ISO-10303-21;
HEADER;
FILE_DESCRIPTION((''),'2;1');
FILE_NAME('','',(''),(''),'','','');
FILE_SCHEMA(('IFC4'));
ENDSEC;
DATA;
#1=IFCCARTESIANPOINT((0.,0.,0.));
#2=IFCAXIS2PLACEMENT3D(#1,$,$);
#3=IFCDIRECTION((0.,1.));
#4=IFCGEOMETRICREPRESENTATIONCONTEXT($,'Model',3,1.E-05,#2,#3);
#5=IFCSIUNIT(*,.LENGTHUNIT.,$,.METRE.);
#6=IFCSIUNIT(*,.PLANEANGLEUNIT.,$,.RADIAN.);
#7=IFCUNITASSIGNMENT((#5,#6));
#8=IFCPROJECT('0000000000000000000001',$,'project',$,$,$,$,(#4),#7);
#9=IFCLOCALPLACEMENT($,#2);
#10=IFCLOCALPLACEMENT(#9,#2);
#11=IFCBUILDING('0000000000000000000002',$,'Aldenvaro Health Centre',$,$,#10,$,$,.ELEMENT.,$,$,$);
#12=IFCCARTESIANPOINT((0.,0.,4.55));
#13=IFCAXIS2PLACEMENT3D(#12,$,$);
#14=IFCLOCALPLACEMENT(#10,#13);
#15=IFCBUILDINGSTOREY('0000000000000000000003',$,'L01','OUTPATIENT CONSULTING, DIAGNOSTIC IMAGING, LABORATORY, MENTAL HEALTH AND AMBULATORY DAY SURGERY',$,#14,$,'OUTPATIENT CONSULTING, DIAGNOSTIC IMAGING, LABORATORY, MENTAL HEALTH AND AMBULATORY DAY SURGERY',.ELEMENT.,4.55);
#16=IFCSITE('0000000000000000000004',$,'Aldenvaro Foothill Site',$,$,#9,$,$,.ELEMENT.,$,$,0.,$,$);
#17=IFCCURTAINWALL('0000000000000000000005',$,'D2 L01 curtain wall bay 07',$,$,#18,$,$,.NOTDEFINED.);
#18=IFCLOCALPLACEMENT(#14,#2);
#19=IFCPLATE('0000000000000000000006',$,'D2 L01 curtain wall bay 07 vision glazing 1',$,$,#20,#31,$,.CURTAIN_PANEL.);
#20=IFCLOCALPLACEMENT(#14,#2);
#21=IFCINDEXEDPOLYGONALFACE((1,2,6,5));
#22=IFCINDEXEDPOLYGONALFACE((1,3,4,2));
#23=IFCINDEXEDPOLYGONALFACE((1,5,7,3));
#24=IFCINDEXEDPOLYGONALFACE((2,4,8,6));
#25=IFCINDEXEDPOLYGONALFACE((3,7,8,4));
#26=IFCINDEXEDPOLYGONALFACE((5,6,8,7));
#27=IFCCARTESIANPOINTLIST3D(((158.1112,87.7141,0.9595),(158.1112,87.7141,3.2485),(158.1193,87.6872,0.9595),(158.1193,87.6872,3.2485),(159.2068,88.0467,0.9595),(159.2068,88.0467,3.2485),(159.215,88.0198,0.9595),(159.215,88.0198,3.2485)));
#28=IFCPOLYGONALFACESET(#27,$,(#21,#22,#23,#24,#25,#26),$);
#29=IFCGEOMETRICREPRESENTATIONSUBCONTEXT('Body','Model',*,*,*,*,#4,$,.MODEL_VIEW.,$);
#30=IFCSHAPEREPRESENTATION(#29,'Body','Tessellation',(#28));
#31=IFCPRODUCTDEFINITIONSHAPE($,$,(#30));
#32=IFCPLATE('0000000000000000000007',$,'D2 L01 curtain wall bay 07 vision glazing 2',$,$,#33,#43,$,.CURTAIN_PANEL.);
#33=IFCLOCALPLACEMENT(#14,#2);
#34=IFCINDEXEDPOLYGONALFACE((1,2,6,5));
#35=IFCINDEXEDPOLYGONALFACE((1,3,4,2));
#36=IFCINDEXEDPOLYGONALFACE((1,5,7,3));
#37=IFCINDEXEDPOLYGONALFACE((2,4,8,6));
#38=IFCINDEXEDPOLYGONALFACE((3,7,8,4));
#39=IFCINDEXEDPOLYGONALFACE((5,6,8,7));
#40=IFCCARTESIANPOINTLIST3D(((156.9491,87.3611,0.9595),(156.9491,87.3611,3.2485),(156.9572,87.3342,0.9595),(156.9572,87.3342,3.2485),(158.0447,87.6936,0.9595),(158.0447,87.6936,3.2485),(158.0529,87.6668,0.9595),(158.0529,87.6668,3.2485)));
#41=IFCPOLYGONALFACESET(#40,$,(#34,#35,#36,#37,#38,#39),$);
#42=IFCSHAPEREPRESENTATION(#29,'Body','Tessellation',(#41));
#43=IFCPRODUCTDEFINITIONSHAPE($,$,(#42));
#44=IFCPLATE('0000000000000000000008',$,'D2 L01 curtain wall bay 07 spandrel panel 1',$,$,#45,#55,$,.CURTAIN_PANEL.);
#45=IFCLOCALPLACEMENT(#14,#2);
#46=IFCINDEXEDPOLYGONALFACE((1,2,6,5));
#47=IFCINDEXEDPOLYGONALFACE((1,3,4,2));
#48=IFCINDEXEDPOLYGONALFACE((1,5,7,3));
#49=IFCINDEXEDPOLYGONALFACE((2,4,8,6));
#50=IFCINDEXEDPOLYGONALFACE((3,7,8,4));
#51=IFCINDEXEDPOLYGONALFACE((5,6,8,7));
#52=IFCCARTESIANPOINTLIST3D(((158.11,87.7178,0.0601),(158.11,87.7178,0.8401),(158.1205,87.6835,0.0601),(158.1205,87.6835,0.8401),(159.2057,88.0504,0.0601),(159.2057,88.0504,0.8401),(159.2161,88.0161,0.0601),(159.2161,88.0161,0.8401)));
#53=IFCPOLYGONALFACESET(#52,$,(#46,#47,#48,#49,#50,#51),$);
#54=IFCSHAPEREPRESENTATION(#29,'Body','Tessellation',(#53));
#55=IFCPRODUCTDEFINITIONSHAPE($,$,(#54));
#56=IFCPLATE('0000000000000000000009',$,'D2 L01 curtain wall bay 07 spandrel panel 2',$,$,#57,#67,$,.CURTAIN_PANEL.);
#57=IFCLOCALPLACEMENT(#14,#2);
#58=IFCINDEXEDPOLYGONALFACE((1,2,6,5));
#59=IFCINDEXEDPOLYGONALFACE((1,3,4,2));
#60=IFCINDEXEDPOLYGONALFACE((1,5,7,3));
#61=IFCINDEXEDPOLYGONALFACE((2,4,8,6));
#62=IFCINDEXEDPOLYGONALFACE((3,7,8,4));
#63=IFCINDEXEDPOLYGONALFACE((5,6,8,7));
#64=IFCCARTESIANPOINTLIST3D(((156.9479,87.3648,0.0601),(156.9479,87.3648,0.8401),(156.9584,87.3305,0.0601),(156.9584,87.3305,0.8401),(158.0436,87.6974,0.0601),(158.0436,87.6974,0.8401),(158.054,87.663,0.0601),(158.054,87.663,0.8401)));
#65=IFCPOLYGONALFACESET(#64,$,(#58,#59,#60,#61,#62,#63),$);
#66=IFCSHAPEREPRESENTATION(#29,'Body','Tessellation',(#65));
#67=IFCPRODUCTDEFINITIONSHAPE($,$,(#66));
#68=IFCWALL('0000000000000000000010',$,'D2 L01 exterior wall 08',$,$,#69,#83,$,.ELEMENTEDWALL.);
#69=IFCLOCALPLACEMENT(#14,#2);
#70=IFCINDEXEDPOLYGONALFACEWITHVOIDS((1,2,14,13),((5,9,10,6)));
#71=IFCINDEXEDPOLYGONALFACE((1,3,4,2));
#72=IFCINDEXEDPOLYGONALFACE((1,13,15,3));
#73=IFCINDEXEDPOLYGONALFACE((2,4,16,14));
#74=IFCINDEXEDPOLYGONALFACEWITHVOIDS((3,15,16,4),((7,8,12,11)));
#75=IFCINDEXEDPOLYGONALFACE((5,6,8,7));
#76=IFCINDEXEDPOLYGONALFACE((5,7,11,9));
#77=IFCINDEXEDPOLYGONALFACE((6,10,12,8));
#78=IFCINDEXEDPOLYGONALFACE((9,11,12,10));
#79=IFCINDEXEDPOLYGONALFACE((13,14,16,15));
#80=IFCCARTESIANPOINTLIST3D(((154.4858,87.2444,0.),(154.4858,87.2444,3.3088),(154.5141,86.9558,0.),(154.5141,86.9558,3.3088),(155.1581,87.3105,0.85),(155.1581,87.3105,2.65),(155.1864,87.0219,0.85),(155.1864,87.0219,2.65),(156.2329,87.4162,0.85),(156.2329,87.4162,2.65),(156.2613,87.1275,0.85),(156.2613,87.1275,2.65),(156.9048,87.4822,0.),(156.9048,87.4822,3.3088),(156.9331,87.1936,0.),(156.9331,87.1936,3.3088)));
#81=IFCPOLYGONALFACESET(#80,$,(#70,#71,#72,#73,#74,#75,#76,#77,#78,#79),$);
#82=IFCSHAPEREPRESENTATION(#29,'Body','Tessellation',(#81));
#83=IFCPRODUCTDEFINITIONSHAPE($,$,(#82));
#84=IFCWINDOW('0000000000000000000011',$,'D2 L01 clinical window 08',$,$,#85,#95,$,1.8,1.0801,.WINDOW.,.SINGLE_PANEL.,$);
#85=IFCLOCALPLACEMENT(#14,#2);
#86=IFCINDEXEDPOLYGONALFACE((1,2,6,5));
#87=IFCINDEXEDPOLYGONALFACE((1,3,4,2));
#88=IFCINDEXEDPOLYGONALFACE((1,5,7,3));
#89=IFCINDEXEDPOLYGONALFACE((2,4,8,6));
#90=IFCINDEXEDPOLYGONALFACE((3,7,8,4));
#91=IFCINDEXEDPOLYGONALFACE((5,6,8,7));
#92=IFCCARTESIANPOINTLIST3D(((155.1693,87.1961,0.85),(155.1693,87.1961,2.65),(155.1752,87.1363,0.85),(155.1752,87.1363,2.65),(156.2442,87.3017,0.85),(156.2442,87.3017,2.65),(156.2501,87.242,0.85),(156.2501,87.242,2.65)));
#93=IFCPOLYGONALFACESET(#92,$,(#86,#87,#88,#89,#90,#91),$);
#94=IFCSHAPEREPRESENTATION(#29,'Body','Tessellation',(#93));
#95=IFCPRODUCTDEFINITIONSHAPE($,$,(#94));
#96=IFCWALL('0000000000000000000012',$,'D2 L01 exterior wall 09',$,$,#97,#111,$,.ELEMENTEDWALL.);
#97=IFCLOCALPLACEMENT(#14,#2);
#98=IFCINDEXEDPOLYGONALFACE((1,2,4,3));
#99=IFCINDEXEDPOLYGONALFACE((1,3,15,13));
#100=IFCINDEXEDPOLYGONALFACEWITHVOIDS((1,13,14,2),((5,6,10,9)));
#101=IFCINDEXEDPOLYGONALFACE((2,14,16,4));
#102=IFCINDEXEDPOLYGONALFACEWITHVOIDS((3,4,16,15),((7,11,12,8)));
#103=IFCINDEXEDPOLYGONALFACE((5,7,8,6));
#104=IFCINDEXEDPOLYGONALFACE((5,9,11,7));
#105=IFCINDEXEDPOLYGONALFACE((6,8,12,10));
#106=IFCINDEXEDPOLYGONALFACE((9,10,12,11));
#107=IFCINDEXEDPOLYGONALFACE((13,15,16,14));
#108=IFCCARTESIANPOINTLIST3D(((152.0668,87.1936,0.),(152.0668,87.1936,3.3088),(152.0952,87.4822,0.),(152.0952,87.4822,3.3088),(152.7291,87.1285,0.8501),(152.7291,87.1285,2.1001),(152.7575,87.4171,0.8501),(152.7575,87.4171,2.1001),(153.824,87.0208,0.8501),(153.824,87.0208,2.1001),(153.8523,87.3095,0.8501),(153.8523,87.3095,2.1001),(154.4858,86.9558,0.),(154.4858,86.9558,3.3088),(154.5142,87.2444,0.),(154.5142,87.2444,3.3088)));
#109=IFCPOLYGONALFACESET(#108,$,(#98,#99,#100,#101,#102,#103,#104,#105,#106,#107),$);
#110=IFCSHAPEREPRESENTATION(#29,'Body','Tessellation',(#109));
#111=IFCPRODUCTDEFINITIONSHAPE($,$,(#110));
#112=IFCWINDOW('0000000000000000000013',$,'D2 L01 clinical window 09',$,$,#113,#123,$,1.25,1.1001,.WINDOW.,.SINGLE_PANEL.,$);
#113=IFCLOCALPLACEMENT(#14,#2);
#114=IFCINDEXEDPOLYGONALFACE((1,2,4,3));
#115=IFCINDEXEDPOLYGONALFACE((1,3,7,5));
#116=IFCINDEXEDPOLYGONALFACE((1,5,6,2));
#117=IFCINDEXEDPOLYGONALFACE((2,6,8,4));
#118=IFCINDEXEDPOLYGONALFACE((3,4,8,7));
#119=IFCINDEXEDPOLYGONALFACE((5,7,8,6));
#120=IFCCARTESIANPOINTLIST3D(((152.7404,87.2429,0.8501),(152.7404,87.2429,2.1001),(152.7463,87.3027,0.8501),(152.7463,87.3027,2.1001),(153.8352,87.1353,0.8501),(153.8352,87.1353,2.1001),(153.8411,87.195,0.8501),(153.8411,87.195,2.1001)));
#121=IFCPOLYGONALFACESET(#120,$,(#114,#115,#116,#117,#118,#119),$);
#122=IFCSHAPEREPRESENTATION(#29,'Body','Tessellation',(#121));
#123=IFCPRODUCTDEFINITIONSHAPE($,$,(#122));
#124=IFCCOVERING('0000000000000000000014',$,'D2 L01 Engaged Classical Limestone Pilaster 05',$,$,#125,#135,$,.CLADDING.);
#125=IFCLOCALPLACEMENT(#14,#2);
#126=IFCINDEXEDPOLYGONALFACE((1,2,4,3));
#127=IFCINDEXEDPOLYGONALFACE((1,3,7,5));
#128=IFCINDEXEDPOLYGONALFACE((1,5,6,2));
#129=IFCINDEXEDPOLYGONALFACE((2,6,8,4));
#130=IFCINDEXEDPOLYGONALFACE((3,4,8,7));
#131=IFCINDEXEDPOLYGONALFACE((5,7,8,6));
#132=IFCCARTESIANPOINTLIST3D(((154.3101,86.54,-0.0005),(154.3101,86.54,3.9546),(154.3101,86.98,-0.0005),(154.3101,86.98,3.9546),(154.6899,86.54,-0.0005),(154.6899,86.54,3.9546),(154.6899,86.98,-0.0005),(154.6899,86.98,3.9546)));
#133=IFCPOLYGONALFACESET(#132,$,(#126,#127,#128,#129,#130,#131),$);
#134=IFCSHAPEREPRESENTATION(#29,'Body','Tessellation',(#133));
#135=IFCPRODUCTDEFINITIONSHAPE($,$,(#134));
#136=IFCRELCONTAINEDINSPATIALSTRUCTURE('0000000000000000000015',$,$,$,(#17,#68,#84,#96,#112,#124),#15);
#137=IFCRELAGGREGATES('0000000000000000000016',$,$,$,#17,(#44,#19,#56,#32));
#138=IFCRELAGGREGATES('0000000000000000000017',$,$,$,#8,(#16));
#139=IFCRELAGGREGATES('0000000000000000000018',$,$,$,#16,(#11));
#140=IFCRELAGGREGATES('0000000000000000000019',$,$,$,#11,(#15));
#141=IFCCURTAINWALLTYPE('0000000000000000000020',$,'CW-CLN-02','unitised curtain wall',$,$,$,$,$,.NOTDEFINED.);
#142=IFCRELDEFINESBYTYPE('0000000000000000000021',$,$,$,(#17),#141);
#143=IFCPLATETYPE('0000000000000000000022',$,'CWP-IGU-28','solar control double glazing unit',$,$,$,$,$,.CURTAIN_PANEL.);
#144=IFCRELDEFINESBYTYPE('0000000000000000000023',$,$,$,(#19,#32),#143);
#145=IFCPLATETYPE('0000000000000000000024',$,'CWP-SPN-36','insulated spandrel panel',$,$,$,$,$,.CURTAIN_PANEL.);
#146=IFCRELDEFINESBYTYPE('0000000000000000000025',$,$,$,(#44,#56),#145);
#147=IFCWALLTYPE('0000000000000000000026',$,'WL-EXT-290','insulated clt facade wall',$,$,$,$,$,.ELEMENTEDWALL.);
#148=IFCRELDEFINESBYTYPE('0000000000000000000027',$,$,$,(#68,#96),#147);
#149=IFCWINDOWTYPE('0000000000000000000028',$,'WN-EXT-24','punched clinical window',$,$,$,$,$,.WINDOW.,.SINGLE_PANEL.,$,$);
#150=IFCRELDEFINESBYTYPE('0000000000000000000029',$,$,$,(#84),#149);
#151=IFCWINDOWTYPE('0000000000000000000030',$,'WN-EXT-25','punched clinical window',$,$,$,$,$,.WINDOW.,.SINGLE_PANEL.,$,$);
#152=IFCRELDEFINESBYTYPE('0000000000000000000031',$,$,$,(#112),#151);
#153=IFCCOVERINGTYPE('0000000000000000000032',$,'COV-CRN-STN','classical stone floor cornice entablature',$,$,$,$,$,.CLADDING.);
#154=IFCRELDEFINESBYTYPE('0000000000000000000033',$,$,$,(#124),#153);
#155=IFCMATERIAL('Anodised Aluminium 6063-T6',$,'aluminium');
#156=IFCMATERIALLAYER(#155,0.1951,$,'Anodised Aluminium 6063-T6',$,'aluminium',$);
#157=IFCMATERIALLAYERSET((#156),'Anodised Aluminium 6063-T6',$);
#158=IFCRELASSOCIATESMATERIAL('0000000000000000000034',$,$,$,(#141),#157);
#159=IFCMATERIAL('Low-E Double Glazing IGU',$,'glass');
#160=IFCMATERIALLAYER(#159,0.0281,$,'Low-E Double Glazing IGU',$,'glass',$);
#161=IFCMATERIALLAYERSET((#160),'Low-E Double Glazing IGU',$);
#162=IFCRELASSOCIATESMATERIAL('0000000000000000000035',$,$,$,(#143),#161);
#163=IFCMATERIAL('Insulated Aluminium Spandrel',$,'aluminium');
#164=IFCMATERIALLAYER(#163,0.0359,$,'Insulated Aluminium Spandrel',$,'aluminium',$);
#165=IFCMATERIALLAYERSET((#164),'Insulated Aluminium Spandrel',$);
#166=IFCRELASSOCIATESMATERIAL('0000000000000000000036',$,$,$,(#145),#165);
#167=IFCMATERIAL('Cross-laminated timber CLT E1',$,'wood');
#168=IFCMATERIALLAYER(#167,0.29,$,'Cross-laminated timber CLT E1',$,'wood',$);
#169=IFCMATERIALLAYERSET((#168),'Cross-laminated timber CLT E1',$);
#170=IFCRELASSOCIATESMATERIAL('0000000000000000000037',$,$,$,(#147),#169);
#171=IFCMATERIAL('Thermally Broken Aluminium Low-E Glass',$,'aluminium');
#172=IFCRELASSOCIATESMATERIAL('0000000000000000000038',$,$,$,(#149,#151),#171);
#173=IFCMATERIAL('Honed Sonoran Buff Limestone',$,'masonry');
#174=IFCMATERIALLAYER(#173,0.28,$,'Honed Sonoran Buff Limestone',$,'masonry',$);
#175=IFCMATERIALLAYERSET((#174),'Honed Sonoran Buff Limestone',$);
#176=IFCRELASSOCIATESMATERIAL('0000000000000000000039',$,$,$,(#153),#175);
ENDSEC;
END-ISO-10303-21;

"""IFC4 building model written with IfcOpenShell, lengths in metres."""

from ifc_helpers import new_model, si_unit, direction, frame, frame_2d, origin, origin_2d, place, context, subcontext, project, spatial, rectangle, extrude, material, layer, layer_set, type_object, element, fill, aggregate, save


model = new_model("IFC4")

# Units and contexts
model_context = context("Model", 3, precision=1e-05, world=origin(), true_north=direction((0.0, 1.0)))
body_context = subcontext(model_context, "Body", "Model", "MODEL_VIEW")
ifc_project = project(units=[si_unit("LENGTHUNIT", "METRE"), si_unit("PLANEANGLEUNIT", "RADIAN")], contexts=[model_context])

# Site, building, storey
site_placement = place(None, origin())
site = spatial("IfcSite", under=ifc_project, at=site_placement, Name="Aldenvaro Foothill Site", CompositionType="ELEMENT", RefElevation=0.0)
building_placement = place(site_placement, origin())
building = spatial("IfcBuilding", under=site, at=building_placement, Name="Aldenvaro Health Centre", CompositionType="ELEMENT")
storey_placement = place(building_placement, frame((0.0, 0.0, 4.55)))
storey = spatial("IfcBuildingStorey", under=building, at=storey_placement, Name="L01", Description="OUTPATIENT CONSULTING, DIAGNOSTIC IMAGING, LABORATORY, MENTAL HEALTH AND AMBULATORY DAY SURGERY", LongName="OUTPATIENT CONSULTING, DIAGNOSTIC IMAGING, LABORATORY, MENTAL HEALTH AND AMBULATORY DAY SURGERY", CompositionType="ELEMENT", Elevation=4.55)

# Curtain wall
ifc_material_1 = material(Name="Anodised Aluminium 6063-T6", Category="aluminium")
ifc_layer_1 = layer(ifc_material_1, 0.1951, Name="Anodised Aluminium 6063-T6", Category="aluminium")
ifc_layer_set_1 = layer_set([ifc_layer_1], Name="Anodised Aluminium 6063-T6")
curtain_wall_type = type_object("IfcCurtainWallType", Name="CW-CLN-02", Description="unitised curtain wall", PredefinedType="NOTDEFINED", material=ifc_layer_set_1)
curtain_wall_placement = place(storey_placement, origin())
curtain_wall = element("IfcCurtainWall", 1, at=curtain_wall_placement, inside=storey, type_object=curtain_wall_type, Name="D2 L01 curtain wall bay 07", PredefinedType="NOTDEFINED")

# Plates
ifc_material_2 = material(Name="Low-E Double Glazing IGU", Category="glass")
ifc_layer_2 = layer(ifc_material_2, 0.0281, Name="Low-E Double Glazing IGU", Category="glass")
ifc_layer_set_2 = layer_set([ifc_layer_2], Name="Low-E Double Glazing IGU")
plate_type_1 = type_object("IfcPlateType", Name="CWP-IGU-28", Description="solar control double glazing unit", PredefinedType="CURTAIN_PANEL", material=ifc_layer_set_2)
plate_1_placement = place(storey_placement, frame((158.6631, 87.8669, 0.9595), z_axis=(0.0, 0.0, 1.0), x_axis=(-0.956893, -0.290441, 0.0)))
plate_1 = element("IfcPlate", 2, at=plate_1_placement, type_object=plate_type_1, Name="D2 L01 curtain wall bay 07 vision glazing 1", PredefinedType="CURTAIN_PANEL", context=body_context, shape_type="SweptSolid", body=[
    extrude(rectangle(XDim=1.145, YDim=0.0281, at=origin_2d()), origin(), (0.0, 0.0, 1.0), 2.2891),
])
plate_2_placement = place(storey_placement, frame((157.501, 87.5139, 0.9595), z_axis=(0.0, 0.0, 1.0), x_axis=(-0.956893, -0.290441, 0.0)))
plate_2 = element("IfcPlate", 3, at=plate_2_placement, type_object=plate_type_1, Name="D2 L01 curtain wall bay 07 vision glazing 2", PredefinedType="CURTAIN_PANEL", context=body_context, shape_type="SweptSolid", body=[
    extrude(rectangle(XDim=1.145, YDim=0.0281, at=origin_2d()), origin(), (0.0, 0.0, 1.0), 2.2891),
])
ifc_material_3 = material(Name="Insulated Aluminium Spandrel", Category="aluminium")
ifc_layer_3 = layer(ifc_material_3, 0.0359, Name="Insulated Aluminium Spandrel", Category="aluminium")
ifc_layer_set_3 = layer_set([ifc_layer_3], Name="Insulated Aluminium Spandrel")
plate_type_2 = type_object("IfcPlateType", Name="CWP-SPN-36", Description="insulated spandrel panel", PredefinedType="CURTAIN_PANEL", material=ifc_layer_set_3)
plate_3_placement = place(storey_placement, frame((158.6631, 87.8669, 0.0601), z_axis=(0.0, 0.0, 1.0), x_axis=(-0.956893, -0.290441, 0.0)))
plate_3 = element("IfcPlate", 4, at=plate_3_placement, type_object=plate_type_2, Name="D2 L01 curtain wall bay 07 spandrel panel 1", PredefinedType="CURTAIN_PANEL", context=body_context, shape_type="SweptSolid", body=[
    extrude(rectangle(XDim=1.145, YDim=0.0359, at=origin_2d()), origin(), (0.0, 0.0, 1.0), 0.78),
])
plate_4_placement = place(storey_placement, frame((157.501, 87.5139, 0.0601), z_axis=(0.0, 0.0, 1.0), x_axis=(-0.956893, -0.290441, 0.0)))
plate_4 = element("IfcPlate", 5, at=plate_4_placement, type_object=plate_type_2, Name="D2 L01 curtain wall bay 07 spandrel panel 2", PredefinedType="CURTAIN_PANEL", context=body_context, shape_type="SweptSolid", body=[
    extrude(rectangle(XDim=1.145, YDim=0.0359, at=origin_2d()), origin(), (0.0, 0.0, 1.0), 0.78),
])
aggregate(curtain_wall, [plate_3, plate_1, plate_4, plate_2])

# Walls, openings, windows
ifc_material_4 = material(Name="Cross-laminated timber CLT E1", Category="wood")
ifc_layer_4 = layer(ifc_material_4, 0.29, Name="Cross-laminated timber CLT E1", Category="wood")
ifc_layer_set_4 = layer_set([ifc_layer_4], Name="Cross-laminated timber CLT E1")
wall_type = type_object("IfcWallType", Name="WL-EXT-290", Description="insulated clt facade wall", PredefinedType="ELEMENTEDWALL", material=ifc_layer_set_4)
wall_1_placement = place(storey_placement, frame((156.9189, 87.3379, 0.0), z_axis=(0.0, 0.0, 1.0), x_axis=(-0.995203, -0.097833, 0.0)))
wall_1 = element("IfcWall", 6, at=wall_1_placement, inside=storey, type_object=wall_type, Name="D2 L01 exterior wall 08", PredefinedType="ELEMENTEDWALL", context=body_context, shape_type="SweptSolid", body=[
    extrude(rectangle(XDim=2.4307, YDim=0.29, at=frame_2d((1.2153, 0.0))), origin(), (0.0, 0.0, 1.0), 3.3088),
])
opening_1_placement = place(wall_1_placement, frame((0.675, 0.0, 0.8501)))
opening_1 = element("IfcOpeningElement", 7, at=opening_1_placement, cuts=wall_1, PredefinedType="OPENING", context=body_context, shape_type="SweptSolid", body=[
    extrude(rectangle(XDim=1.0801, YDim=1.8, at=frame_2d((0.54, 0.8999))), frame((0.0, 0.155, 0.0), z_axis=(0.0, -1.0, 0.0), x_axis=(1.0, 0.0, 0.0)), (0.0, 0.0, 1.0), 0.3101),
])
ifc_material_5 = material(Name="Thermally Broken Aluminium Low-E Glass", Category="aluminium")
window_type_1 = type_object("IfcWindowType", Name="WN-EXT-24", Description="punched clinical window", PartitioningType="SINGLE_PANEL", PredefinedType="WINDOW", material=ifc_material_5)
window_1_placement = place(opening_1_placement, origin())
window_1 = element("IfcWindow", 8, at=window_1_placement, inside=storey, type_object=window_type_1, Name="D2 L01 clinical window 08", OverallHeight=1.8, OverallWidth=1.0801, PartitioningType="SINGLE_PANEL", PredefinedType="WINDOW", context=body_context, shape_type="SweptSolid", body=[
    extrude(rectangle(XDim=1.0801, YDim=1.8, at=frame_2d((0.54, 0.8999))), frame((0.0, 0.03, 0.0), z_axis=(0.0, -1.0, 0.0), x_axis=(1.0, 0.0, 0.0)), (0.0, 0.0, 1.0), 0.0601),
])
fill(opening_1, window_1)
wall_2_placement = place(storey_placement, frame((154.5, 87.1001, 0.0), z_axis=(0.0, 0.0, 1.0), x_axis=(-0.995203, 0.097833, 0.0)))
wall_2 = element("IfcWall", 9, at=wall_2_placement, inside=storey, type_object=wall_type, Name="D2 L01 exterior wall 09", PredefinedType="ELEMENTEDWALL", context=body_context, shape_type="SweptSolid", body=[
    extrude(rectangle(XDim=2.4307, YDim=0.29, at=frame_2d((1.2153, 0.0))), origin(), (0.0, 0.0, 1.0), 3.3088),
])
opening_2_placement = place(wall_2_placement, frame((0.665, 0.0, 0.8501)))
opening_2 = element("IfcOpeningElement", 10, at=opening_2_placement, cuts=wall_2, PredefinedType="OPENING", context=body_context, shape_type="SweptSolid", body=[
    extrude(rectangle(XDim=1.1001, YDim=1.25, at=frame_2d((0.55, 0.625))), frame((0.0, 0.155, 0.0), z_axis=(0.0, -1.0, 0.0), x_axis=(1.0, 0.0, 0.0)), (0.0, 0.0, 1.0), 0.3101),
])
window_type_2 = type_object("IfcWindowType", Name="WN-EXT-25", Description="punched clinical window", PartitioningType="SINGLE_PANEL", PredefinedType="WINDOW", material=ifc_material_5)
window_2_placement = place(opening_2_placement, origin())
window_2 = element("IfcWindow", 11, at=window_2_placement, inside=storey, type_object=window_type_2, Name="D2 L01 clinical window 09", OverallHeight=1.25, OverallWidth=1.1001, PartitioningType="SINGLE_PANEL", PredefinedType="WINDOW", context=body_context, shape_type="SweptSolid", body=[
    extrude(rectangle(XDim=1.1001, YDim=1.25, at=frame_2d((0.55, 0.625))), frame((0.0, 0.03, 0.0), z_axis=(0.0, -1.0, 0.0), x_axis=(1.0, 0.0, 0.0)), (0.0, 0.0, 1.0), 0.0601),
])
fill(opening_2, window_2)

# Covering
ifc_material_6 = material(Name="Honed Sonoran Buff Limestone", Category="masonry")
ifc_layer_5 = layer(ifc_material_6, 0.28, Name="Honed Sonoran Buff Limestone", Category="masonry")
ifc_layer_set_5 = layer_set([ifc_layer_5], Name="Honed Sonoran Buff Limestone")
covering_type = type_object("IfcCoveringType", Name="COV-CRN-STN", Description="classical stone floor cornice entablature", PredefinedType="CLADDING", material=ifc_layer_set_5)
covering_placement = place(storey_placement, frame((154.5, 86.76, -0.0005), z_axis=(0.0, 0.0, 1.0), x_axis=(0.0, -1.0, 0.0)))
element("IfcCovering", 12, at=covering_placement, inside=storey, type_object=covering_type, Name="D2 L01 Engaged Classical Limestone Pilaster 05", PredefinedType="CLADDING", context=body_context, shape_type="SweptSolid", body=[
    extrude(rectangle(XDim=0.4399, YDim=0.3799, at=origin_2d()), origin(), (0.0, 0.0, 1.0), 3.9551),
])

save(model, "model.ifc")
